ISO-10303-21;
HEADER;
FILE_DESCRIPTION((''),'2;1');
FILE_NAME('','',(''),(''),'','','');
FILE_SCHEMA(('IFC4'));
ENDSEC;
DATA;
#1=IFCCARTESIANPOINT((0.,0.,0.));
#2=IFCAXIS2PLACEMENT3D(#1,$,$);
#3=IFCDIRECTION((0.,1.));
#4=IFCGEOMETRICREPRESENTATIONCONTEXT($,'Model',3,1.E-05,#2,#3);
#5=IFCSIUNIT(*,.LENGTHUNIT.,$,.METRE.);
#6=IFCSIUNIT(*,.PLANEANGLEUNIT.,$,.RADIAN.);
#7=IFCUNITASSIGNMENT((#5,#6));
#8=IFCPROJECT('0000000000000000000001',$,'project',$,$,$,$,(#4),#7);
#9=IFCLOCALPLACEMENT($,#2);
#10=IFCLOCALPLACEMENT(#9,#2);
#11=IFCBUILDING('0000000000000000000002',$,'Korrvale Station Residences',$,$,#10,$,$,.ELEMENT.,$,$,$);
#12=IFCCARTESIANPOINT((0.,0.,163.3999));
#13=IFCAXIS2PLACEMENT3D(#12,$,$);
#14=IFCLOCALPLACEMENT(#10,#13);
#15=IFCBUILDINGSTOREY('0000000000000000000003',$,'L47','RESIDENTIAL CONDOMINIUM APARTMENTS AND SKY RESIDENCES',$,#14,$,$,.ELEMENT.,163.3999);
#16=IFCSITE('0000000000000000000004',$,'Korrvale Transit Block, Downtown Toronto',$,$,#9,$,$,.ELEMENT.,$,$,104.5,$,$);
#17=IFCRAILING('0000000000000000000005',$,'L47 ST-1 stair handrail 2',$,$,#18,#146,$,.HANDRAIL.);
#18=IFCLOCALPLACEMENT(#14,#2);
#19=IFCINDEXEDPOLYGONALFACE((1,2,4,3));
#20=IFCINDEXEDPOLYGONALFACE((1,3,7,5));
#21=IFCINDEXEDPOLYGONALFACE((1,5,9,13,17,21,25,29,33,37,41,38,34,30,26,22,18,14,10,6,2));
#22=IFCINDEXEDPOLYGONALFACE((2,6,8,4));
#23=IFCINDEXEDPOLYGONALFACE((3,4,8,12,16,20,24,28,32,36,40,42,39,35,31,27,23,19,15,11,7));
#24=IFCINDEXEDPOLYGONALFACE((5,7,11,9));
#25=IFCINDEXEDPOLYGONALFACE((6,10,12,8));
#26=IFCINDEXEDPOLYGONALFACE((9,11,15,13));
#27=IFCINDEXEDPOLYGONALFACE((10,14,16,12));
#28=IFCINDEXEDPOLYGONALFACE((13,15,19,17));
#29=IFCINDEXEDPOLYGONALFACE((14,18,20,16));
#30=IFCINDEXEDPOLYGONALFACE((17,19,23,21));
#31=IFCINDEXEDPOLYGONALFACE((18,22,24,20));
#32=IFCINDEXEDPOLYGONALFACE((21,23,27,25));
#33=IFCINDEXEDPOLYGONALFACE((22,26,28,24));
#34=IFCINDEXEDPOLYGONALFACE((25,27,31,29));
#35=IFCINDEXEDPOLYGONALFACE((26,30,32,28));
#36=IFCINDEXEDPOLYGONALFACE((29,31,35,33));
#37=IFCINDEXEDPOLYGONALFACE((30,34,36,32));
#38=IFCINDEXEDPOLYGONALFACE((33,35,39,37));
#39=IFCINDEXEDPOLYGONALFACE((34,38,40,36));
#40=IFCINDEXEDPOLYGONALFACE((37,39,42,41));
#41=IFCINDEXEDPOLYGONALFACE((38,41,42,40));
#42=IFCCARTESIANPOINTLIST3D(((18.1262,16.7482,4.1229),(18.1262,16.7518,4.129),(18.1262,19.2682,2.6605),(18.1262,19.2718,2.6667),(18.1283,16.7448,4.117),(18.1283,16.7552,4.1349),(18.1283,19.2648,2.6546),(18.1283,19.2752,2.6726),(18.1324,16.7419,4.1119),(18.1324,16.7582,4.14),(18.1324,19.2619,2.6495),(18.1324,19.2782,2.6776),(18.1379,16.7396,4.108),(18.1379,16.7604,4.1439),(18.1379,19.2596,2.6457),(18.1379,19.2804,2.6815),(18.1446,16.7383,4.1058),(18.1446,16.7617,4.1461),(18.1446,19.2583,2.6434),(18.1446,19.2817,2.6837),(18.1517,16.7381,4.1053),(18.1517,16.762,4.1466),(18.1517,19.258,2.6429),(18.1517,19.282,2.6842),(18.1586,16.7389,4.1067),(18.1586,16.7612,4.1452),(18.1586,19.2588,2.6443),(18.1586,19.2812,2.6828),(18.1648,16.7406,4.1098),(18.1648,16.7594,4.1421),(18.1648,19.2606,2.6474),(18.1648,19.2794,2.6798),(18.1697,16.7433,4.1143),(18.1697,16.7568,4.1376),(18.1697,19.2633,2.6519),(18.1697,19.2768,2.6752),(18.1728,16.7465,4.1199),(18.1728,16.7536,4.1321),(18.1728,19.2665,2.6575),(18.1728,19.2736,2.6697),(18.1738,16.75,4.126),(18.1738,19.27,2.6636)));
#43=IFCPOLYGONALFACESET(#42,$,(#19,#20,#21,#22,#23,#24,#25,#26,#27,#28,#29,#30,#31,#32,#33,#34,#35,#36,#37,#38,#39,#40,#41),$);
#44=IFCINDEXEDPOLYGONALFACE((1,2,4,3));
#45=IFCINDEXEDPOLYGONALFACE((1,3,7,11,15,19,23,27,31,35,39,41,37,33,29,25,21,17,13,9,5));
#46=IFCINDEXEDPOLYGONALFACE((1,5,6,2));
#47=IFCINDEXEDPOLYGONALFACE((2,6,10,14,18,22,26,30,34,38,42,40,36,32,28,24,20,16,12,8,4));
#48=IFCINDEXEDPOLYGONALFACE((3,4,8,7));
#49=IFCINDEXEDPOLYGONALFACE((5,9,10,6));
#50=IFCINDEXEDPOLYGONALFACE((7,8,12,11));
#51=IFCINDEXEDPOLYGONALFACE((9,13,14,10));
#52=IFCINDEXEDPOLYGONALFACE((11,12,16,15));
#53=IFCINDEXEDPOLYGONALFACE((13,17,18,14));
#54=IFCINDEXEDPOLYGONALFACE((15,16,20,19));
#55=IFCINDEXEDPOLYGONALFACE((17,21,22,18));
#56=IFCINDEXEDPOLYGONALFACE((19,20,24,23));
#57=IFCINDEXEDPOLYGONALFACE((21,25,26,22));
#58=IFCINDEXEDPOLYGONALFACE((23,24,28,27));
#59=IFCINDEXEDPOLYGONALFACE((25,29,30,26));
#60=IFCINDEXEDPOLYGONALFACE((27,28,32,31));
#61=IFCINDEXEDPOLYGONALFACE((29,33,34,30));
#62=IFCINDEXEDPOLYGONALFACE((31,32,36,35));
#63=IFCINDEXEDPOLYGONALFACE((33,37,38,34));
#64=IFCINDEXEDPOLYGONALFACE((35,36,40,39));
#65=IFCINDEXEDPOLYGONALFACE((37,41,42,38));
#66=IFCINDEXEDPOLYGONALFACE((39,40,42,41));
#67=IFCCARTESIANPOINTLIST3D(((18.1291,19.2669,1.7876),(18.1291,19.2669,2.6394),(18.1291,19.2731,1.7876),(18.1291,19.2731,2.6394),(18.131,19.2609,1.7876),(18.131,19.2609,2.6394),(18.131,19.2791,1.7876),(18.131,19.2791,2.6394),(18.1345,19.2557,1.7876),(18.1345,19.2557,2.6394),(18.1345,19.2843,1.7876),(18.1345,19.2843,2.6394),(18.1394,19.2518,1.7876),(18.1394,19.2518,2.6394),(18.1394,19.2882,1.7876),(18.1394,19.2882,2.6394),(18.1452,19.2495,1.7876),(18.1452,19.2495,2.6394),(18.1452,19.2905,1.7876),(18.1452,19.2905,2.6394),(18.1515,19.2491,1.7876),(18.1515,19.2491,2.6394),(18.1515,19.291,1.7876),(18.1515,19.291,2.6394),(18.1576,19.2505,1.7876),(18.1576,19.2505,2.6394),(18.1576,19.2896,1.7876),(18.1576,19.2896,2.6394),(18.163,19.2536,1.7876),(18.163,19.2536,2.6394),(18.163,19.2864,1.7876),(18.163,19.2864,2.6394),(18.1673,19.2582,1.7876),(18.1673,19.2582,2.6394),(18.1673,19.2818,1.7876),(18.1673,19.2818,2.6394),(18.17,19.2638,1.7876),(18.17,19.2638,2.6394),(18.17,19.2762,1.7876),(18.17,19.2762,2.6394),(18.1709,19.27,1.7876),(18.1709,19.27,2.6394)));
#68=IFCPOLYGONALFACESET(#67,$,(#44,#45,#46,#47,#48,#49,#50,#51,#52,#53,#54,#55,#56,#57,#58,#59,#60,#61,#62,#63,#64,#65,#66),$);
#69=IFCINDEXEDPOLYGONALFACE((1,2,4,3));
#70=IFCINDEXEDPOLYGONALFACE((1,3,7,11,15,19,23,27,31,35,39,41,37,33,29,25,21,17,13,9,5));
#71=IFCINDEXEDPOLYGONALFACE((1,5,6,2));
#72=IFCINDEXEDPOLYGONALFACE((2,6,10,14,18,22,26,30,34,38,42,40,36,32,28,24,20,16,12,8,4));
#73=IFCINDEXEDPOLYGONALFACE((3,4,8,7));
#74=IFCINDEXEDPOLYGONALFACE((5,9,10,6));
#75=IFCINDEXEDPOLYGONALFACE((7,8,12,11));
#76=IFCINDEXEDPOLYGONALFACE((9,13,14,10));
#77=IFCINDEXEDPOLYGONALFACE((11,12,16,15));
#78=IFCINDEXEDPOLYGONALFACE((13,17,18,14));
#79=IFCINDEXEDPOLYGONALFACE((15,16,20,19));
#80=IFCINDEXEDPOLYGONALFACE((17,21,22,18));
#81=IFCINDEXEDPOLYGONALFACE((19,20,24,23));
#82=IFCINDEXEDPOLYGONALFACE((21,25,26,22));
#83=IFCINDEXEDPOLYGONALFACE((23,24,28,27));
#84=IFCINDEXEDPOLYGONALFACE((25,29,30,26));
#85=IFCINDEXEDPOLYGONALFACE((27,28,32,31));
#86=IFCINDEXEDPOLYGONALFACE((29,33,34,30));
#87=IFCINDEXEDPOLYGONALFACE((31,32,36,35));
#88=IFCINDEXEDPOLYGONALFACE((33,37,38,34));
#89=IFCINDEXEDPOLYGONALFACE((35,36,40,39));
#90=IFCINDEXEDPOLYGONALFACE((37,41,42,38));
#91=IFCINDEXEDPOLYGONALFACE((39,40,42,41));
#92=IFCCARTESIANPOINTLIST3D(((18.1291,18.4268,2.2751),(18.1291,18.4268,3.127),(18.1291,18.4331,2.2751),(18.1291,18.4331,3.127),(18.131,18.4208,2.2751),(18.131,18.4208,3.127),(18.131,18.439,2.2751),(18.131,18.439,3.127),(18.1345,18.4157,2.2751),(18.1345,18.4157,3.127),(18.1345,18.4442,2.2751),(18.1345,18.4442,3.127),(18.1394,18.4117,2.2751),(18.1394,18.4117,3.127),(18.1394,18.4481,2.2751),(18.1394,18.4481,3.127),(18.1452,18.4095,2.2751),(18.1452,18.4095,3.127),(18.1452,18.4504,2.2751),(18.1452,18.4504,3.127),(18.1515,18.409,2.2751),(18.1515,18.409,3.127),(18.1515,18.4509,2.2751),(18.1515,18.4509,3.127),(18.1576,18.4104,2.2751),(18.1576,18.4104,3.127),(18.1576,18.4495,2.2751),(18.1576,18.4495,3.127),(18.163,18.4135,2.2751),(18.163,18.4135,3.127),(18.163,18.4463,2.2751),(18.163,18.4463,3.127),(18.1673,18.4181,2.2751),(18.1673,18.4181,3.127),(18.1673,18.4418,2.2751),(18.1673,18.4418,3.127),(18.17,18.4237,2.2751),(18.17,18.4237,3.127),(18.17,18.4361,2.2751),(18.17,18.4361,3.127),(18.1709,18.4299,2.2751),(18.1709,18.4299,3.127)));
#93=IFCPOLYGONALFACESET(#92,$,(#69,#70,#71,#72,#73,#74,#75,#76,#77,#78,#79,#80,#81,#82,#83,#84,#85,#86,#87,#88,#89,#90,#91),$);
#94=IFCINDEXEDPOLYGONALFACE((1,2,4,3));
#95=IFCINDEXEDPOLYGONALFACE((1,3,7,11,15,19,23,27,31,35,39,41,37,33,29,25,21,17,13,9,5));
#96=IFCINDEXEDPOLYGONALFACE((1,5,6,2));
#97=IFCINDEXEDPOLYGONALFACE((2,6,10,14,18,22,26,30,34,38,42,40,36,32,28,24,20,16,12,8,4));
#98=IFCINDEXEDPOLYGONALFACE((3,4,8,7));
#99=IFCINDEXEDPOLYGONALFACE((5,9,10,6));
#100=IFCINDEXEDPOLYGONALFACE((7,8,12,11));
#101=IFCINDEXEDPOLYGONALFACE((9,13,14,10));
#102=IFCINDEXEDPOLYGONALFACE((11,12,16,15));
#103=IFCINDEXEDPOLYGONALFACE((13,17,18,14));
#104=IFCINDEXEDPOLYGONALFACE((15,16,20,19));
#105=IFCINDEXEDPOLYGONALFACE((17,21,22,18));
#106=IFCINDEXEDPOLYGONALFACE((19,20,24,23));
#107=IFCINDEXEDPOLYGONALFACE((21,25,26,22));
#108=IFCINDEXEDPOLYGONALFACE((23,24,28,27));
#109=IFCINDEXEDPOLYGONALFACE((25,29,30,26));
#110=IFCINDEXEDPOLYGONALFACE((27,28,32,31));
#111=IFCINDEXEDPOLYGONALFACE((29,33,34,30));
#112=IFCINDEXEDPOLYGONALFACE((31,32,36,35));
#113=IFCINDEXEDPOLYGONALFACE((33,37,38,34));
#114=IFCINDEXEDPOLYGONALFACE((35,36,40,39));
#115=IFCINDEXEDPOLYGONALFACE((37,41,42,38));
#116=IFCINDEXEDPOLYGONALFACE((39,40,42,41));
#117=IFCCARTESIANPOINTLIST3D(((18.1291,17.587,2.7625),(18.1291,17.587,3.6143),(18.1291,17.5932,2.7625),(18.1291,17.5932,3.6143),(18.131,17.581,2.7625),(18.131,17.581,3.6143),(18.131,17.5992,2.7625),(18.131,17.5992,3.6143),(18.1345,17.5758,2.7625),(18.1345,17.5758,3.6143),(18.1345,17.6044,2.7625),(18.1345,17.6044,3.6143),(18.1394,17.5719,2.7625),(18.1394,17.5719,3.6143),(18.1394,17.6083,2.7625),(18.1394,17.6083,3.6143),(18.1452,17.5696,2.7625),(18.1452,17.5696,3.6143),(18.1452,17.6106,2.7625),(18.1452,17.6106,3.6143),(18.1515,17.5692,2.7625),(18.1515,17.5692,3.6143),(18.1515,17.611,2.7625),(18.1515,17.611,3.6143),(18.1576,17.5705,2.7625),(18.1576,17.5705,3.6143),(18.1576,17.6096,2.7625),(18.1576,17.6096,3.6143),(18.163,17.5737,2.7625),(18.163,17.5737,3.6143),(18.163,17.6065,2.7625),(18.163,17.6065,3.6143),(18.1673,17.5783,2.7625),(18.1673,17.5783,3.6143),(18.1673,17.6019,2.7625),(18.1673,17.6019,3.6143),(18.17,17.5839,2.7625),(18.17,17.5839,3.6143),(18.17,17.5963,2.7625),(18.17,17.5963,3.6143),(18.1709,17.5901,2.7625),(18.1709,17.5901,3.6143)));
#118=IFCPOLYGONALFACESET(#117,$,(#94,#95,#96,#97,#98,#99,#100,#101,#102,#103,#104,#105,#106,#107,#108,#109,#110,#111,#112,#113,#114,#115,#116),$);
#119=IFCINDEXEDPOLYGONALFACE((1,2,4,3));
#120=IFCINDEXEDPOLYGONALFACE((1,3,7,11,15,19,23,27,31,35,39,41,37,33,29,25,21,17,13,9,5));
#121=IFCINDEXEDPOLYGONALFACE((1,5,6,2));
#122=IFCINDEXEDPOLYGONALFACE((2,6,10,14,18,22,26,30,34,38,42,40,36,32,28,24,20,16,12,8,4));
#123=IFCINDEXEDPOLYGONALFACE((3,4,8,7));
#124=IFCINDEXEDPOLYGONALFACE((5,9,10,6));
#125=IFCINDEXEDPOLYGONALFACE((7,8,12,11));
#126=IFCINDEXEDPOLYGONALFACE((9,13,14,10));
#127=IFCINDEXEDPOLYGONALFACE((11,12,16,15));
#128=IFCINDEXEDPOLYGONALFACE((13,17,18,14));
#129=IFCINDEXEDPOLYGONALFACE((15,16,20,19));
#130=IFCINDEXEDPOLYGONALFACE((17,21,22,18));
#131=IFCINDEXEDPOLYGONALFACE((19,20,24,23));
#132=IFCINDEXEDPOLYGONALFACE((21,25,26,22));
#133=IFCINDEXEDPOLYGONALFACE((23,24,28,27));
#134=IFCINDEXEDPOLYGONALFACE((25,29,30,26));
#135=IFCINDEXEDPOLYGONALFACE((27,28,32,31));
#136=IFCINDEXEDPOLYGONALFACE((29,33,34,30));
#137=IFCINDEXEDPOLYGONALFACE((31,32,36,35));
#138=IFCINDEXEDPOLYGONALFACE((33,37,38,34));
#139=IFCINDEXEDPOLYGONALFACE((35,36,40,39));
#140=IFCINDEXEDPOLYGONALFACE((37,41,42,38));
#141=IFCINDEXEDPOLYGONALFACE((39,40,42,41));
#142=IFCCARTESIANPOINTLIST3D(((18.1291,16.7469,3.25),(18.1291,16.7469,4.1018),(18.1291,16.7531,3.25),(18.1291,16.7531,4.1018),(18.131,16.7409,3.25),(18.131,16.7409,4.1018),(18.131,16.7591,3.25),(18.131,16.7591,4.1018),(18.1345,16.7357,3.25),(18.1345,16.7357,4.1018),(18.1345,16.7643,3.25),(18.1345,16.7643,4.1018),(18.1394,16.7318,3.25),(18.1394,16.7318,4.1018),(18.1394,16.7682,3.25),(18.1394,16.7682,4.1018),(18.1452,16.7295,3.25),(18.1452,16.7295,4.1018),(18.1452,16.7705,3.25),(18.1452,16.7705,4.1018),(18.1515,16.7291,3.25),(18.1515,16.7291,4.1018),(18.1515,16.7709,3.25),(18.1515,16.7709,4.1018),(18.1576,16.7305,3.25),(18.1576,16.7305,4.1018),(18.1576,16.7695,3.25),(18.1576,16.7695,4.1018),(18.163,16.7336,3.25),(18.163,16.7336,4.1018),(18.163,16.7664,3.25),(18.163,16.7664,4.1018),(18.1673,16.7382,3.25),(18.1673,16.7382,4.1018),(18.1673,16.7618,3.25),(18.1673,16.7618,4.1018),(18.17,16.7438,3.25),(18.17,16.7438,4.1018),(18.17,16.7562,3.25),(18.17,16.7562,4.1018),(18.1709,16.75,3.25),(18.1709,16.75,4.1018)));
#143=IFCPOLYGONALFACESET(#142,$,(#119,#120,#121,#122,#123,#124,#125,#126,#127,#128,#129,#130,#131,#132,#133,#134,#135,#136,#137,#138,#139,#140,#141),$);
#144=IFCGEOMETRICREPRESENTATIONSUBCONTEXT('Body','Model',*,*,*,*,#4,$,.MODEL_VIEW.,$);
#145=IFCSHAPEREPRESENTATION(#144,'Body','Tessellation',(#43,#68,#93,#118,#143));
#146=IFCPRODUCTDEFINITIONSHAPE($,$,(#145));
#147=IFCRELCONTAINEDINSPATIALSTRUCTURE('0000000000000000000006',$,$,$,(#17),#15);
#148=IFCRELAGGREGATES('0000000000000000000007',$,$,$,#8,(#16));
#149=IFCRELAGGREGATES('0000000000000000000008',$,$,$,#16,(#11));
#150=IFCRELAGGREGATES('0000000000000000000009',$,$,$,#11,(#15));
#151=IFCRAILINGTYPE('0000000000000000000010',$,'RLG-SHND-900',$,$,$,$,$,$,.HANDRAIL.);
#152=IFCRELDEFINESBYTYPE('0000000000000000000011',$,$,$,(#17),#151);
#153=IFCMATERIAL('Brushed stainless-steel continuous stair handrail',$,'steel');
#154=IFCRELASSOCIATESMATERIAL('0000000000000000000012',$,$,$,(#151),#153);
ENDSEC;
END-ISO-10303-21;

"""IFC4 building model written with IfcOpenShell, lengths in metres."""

from ifc_helpers import new_model, si_unit, direction, frame, origin, origin_2d, place, context, subcontext, project, spatial, circle, extrude, material, type_object, element, save


model = new_model("IFC4")

# Units and contexts
model_context = context("Model", 3, precision=1e-05, world=origin(), true_north=direction((0.0, 1.0)))
body_context = subcontext(model_context, "Body", "Model", "MODEL_VIEW")
ifc_project = project(units=[si_unit("LENGTHUNIT", "METRE"), si_unit("PLANEANGLEUNIT", "RADIAN")], contexts=[model_context])

# Site, building, storey
site_placement = place(None, origin())
site = spatial("IfcSite", under=ifc_project, at=site_placement, Name="Korrvale Transit Block, Downtown Toronto", CompositionType="ELEMENT", RefElevation=104.5)
building_placement = place(site_placement, origin())
building = spatial("IfcBuilding", under=site, at=building_placement, Name="Korrvale Station Residences", CompositionType="ELEMENT")
storey_placement = place(building_placement, frame((0.0, 0.0, 163.3999)))
storey = spatial("IfcBuildingStorey", under=building, at=storey_placement, Name="L47", Description="RESIDENTIAL CONDOMINIUM APARTMENTS AND SKY RESIDENCES", CompositionType="ELEMENT", Elevation=163.3999)

# Railing
ifc_material_1 = material(Name="Brushed stainless-steel continuous stair handrail", Category="steel")
railing_type_1 = type_object("IfcRailingType", Name="RLG-SHND-900", PredefinedType="HANDRAIL", material=ifc_material_1)
railing_1_placement = place(storey_placement, frame((18.1499, 19.27, 1.7876)))
element("IfcRailing", 1, at=railing_1_placement, inside=storey, type_object=railing_type_1, Name="L47 ST-1 stair handrail 2", PredefinedType="HANDRAIL", context=body_context, shape_type="SweptSolid", body=[
    extrude(circle(Radius=0.0239, at=origin_2d()), frame((0.0, 0.0, 0.876), z_axis=(0.0, -0.864913, 0.501921), x_axis=(1.0, 0.0, 0.0)), (0.0, 0.0, 1.0), 2.9136),
    extrude(circle(Radius=0.021, at=origin_2d()), origin(), (0.0, 0.0, 1.0), 0.8518),
    extrude(circle(Radius=0.021, at=origin_2d()), frame((0.0, -0.8401, 0.4875)), (0.0, 0.0, 1.0), 0.8518),
    extrude(circle(Radius=0.021, at=origin_2d()), frame((0.0, -1.6799, 0.9749)), (0.0, 0.0, 1.0), 0.8518),
    extrude(circle(Radius=0.021, at=origin_2d()), frame((0.0, -2.52, 1.4624)), (0.0, 0.0, 1.0), 0.8518),
])

save(model, "model.ifc")
